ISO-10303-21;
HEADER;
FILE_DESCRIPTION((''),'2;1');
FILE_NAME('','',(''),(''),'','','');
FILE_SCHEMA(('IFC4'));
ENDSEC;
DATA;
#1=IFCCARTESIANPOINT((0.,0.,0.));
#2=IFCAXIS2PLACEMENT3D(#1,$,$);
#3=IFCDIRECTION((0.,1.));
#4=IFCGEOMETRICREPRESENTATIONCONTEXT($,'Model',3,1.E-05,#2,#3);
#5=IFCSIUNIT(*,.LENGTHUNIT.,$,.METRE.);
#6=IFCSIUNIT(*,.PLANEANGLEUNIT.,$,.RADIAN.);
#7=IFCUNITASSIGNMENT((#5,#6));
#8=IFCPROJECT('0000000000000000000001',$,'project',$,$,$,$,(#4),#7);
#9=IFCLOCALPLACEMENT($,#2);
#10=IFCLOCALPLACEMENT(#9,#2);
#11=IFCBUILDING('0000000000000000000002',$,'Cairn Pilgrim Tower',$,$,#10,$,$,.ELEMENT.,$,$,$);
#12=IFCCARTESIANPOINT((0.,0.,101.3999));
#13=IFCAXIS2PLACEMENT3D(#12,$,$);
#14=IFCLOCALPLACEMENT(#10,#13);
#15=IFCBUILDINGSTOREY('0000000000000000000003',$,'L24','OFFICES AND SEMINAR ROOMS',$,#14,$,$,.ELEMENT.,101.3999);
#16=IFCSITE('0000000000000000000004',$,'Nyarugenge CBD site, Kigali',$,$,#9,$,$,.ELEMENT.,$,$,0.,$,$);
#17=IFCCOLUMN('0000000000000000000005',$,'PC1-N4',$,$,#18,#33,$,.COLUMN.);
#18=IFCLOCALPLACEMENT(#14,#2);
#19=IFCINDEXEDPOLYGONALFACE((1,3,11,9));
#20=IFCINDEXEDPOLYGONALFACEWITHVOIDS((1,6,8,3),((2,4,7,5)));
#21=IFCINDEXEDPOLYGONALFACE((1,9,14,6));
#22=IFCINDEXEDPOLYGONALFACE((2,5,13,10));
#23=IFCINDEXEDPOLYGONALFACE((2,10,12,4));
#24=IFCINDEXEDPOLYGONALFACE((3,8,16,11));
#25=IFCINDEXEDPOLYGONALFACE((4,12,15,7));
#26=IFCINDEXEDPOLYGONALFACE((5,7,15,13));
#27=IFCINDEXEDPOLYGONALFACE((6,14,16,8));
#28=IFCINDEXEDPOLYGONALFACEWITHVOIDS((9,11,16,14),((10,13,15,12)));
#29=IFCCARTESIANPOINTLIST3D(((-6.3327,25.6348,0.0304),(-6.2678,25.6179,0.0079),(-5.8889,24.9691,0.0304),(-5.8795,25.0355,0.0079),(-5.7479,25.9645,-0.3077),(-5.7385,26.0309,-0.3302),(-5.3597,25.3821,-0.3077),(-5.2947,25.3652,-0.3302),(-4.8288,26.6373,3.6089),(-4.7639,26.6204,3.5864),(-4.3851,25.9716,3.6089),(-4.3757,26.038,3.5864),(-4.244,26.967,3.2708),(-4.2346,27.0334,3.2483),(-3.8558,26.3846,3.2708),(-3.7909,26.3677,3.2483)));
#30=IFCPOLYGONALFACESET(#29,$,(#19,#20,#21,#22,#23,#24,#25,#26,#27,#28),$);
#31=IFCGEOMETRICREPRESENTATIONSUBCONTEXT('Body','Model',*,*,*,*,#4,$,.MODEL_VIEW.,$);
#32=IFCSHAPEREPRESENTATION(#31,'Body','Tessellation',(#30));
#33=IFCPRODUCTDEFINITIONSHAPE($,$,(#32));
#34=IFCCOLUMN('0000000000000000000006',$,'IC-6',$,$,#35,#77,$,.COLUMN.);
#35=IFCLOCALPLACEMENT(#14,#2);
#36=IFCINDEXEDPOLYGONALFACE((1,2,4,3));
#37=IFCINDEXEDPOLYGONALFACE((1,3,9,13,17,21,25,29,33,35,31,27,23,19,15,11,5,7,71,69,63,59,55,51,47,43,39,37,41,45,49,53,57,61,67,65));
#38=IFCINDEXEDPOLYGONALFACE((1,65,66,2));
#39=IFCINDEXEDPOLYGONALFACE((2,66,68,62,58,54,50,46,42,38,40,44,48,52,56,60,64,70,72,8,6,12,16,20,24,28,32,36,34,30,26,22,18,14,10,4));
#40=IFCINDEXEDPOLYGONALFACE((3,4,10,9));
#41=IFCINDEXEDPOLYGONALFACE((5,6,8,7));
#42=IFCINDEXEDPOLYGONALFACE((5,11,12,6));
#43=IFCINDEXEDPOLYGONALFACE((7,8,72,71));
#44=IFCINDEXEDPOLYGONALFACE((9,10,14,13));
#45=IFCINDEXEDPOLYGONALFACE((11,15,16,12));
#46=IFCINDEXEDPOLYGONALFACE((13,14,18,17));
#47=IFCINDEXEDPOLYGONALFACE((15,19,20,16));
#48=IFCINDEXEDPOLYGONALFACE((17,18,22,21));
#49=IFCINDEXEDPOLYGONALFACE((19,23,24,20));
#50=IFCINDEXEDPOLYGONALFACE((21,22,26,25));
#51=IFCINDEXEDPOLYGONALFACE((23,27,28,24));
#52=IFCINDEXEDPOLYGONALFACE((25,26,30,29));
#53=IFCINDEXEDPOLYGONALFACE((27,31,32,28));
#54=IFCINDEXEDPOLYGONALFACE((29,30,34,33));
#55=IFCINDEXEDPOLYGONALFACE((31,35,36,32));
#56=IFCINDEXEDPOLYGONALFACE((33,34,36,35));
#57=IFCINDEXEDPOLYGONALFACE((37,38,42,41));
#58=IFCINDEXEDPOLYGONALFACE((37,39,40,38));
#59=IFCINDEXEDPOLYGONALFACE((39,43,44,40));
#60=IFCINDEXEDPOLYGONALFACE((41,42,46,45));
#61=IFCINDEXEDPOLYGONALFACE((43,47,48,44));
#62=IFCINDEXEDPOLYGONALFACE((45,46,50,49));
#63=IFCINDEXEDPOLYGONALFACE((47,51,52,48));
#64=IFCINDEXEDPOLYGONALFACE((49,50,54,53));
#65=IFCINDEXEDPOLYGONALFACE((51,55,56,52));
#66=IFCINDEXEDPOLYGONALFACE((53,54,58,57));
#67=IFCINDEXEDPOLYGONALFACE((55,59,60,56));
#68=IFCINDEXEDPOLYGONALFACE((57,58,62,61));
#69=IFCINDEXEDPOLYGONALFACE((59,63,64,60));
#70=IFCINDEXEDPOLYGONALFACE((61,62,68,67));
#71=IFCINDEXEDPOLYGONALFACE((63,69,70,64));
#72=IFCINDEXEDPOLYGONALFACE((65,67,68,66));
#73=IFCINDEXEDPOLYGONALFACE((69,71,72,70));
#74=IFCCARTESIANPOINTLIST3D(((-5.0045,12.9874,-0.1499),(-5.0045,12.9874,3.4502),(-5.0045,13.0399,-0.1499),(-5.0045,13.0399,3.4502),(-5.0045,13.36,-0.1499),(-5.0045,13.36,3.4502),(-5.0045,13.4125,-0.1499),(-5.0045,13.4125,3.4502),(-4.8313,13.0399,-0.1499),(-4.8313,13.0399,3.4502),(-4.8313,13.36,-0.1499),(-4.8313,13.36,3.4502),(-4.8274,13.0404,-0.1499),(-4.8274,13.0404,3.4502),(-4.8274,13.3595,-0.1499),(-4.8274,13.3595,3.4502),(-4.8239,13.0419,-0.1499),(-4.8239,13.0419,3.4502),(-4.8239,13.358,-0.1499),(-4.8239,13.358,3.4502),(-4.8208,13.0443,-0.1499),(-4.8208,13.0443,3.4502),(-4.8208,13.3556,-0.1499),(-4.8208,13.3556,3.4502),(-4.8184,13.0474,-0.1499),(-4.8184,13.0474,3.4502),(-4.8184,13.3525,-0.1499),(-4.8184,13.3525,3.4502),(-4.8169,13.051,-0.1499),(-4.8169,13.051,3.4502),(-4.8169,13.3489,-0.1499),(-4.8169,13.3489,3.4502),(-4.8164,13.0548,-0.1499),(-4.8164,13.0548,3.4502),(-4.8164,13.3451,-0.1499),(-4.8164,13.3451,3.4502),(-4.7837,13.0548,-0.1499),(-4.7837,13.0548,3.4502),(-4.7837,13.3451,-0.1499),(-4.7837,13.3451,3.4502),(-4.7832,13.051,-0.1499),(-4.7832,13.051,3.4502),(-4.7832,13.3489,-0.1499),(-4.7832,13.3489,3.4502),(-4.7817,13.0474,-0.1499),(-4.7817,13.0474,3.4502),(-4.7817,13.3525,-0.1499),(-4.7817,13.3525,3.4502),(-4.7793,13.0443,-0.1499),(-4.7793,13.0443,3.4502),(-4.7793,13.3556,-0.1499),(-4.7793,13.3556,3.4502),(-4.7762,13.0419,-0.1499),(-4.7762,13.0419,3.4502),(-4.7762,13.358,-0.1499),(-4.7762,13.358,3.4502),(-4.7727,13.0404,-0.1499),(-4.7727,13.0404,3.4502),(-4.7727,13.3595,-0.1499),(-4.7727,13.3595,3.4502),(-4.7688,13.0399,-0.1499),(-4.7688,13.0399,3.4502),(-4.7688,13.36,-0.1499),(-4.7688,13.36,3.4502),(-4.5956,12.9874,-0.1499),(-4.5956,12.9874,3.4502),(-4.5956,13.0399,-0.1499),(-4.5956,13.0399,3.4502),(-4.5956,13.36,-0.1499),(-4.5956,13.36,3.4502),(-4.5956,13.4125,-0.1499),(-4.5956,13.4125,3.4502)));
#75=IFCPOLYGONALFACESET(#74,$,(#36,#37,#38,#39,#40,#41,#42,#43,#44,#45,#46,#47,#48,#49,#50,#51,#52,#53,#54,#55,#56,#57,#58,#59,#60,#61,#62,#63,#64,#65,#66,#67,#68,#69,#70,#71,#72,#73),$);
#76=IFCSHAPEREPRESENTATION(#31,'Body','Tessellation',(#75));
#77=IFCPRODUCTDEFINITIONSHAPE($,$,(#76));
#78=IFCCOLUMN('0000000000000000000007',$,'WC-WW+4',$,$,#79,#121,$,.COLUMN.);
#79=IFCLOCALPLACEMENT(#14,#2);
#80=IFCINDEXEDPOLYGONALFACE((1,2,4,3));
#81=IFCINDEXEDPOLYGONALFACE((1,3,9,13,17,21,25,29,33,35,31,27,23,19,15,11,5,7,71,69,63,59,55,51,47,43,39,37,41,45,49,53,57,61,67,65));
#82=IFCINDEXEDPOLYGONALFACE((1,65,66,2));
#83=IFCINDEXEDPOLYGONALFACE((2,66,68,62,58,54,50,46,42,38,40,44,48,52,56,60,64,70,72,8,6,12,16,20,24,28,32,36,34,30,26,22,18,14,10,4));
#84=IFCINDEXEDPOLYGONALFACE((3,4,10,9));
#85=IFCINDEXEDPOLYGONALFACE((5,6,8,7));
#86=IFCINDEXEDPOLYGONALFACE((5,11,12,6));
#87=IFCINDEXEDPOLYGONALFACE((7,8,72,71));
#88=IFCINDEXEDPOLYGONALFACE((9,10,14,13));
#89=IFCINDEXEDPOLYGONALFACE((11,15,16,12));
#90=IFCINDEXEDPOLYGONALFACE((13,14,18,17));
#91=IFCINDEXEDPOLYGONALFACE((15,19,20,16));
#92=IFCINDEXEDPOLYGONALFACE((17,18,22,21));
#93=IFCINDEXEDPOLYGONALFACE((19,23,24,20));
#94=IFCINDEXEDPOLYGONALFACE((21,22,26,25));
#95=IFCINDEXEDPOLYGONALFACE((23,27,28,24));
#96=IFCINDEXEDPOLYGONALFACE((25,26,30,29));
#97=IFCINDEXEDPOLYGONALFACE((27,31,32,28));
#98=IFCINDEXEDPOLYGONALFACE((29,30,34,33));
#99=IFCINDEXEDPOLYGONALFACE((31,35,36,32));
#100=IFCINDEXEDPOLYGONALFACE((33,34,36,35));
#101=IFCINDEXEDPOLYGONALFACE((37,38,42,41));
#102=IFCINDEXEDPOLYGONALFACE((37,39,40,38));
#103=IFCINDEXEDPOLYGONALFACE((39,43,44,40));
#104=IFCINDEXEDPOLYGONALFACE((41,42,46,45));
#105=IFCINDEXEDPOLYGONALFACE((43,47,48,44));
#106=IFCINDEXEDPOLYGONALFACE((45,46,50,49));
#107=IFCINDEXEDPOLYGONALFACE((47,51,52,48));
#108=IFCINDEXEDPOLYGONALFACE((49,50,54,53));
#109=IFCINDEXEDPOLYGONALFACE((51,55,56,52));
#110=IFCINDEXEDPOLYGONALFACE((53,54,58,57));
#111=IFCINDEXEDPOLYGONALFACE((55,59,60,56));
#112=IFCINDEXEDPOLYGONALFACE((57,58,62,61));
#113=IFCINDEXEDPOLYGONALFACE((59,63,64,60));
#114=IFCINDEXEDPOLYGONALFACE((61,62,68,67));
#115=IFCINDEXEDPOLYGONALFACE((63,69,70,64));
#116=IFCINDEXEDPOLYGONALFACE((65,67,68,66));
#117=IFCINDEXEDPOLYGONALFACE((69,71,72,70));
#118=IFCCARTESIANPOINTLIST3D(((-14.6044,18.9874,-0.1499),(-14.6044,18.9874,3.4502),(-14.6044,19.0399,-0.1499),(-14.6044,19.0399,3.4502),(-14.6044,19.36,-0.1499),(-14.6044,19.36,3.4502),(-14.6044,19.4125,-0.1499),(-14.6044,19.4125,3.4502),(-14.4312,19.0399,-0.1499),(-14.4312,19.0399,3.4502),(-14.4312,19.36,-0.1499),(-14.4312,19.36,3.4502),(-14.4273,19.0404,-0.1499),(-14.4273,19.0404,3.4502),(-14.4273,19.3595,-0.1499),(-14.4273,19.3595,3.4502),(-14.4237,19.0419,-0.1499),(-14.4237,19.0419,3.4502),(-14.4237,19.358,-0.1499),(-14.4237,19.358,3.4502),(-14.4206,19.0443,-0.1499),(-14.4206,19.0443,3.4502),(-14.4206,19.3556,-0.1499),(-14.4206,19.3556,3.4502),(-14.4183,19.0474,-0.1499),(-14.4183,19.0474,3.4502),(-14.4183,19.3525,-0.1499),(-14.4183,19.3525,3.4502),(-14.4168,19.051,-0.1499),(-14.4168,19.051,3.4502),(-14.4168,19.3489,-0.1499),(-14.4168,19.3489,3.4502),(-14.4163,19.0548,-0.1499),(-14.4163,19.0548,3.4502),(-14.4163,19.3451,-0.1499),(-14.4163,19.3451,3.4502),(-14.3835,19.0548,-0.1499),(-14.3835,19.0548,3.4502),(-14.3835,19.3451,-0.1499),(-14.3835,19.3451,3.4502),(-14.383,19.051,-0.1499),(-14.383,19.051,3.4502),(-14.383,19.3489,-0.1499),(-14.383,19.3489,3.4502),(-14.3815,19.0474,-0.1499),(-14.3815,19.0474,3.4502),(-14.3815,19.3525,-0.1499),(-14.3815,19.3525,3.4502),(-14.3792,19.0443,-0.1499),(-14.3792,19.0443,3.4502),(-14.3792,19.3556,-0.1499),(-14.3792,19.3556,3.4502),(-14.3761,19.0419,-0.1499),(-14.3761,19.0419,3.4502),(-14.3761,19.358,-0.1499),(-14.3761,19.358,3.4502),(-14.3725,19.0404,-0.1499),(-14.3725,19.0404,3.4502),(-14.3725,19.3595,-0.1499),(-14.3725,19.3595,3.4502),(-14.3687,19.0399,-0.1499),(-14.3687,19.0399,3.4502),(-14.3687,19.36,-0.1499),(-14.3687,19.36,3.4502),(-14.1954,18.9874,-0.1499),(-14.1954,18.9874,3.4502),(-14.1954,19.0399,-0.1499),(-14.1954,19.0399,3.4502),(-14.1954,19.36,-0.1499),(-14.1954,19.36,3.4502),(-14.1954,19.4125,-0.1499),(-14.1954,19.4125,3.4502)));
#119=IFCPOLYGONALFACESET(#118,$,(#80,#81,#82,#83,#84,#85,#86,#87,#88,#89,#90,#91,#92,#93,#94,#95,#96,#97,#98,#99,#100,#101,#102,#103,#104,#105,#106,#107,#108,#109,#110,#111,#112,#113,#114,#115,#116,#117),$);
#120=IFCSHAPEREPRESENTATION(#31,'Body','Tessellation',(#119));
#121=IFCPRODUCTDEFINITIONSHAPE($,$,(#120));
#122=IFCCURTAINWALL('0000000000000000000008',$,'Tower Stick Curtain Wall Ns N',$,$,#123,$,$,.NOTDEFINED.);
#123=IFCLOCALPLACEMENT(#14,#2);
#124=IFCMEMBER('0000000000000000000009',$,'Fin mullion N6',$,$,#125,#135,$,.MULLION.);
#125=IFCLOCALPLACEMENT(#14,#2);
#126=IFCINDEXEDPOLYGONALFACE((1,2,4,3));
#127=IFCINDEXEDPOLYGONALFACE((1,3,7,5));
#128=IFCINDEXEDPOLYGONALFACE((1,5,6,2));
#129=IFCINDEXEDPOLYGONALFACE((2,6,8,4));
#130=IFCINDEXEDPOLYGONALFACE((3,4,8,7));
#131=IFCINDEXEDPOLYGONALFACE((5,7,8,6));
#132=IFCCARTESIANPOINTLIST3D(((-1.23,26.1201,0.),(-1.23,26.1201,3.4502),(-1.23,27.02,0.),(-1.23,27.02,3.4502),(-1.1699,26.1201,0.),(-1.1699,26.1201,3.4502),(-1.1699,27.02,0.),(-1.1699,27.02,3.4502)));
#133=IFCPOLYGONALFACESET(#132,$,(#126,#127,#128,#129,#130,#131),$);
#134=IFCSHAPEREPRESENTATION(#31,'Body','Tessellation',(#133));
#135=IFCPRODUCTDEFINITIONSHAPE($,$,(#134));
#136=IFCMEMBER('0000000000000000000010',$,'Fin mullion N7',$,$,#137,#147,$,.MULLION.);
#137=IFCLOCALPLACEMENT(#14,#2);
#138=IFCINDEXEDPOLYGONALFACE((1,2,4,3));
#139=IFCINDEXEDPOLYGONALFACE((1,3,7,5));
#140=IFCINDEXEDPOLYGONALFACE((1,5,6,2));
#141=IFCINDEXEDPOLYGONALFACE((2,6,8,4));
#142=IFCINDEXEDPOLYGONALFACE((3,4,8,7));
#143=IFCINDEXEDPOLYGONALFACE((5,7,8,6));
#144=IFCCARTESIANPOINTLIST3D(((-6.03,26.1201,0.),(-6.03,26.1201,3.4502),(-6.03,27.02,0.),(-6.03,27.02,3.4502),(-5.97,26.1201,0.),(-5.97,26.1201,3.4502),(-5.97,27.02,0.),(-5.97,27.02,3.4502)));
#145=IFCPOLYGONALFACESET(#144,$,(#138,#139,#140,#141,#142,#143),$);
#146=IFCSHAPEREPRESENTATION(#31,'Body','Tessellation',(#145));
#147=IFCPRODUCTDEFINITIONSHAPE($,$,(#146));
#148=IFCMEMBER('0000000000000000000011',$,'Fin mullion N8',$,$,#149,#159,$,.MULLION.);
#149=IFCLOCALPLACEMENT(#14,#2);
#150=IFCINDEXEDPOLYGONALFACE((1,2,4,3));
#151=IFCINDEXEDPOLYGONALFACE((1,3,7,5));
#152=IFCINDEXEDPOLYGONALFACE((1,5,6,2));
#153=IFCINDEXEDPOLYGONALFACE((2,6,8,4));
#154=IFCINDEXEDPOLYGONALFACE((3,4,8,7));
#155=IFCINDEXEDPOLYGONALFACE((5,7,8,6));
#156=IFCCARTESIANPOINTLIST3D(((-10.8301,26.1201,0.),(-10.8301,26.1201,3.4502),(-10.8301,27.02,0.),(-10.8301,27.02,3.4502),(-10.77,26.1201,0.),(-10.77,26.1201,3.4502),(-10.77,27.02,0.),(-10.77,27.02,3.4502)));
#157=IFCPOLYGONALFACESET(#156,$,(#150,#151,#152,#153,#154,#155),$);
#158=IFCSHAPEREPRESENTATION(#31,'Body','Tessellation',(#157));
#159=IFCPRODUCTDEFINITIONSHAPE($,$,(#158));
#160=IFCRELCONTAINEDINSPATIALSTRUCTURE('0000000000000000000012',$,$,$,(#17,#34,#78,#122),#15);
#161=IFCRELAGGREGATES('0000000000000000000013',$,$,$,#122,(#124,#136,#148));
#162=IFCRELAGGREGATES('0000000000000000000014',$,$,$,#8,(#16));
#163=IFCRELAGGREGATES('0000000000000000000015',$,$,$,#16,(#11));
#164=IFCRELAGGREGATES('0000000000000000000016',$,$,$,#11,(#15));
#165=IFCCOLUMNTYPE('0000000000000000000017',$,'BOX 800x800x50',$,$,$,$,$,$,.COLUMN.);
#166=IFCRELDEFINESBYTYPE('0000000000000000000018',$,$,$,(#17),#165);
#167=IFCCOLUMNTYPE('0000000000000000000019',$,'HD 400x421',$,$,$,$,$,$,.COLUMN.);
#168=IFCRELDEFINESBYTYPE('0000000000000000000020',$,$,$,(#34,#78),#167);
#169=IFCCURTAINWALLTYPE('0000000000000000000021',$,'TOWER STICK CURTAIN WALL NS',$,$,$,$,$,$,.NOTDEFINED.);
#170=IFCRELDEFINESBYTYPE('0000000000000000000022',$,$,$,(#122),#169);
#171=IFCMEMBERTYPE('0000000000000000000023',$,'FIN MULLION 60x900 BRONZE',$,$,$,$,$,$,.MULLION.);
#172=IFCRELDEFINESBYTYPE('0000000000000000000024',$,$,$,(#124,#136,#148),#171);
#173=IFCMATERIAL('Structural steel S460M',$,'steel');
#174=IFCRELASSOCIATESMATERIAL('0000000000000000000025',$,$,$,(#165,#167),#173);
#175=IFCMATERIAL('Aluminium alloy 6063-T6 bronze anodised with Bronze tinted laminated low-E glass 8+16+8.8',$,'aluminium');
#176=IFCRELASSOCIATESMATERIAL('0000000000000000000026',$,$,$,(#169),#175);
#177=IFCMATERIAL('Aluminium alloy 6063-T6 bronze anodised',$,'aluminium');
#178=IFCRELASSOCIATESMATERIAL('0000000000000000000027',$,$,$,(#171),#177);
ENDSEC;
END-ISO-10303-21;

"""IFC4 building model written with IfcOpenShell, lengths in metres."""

from ifc_helpers import new_model, si_unit, direction, frame, origin, origin_2d, place, context, subcontext, project, spatial, rectangle, hollow_rectangle, i_section, extrude, clip, halfspace, material, material_profile, profile_set, type_object, element, aggregate, save


model = new_model("IFC4")

# Units and contexts
model_context = context("Model", 3, precision=1e-05, world=origin(), true_north=direction((0.0, 1.0)))
body_context = subcontext(model_context, "Body", "Model", "MODEL_VIEW")
ifc_project = project(units=[si_unit("LENGTHUNIT", "METRE"), si_unit("PLANEANGLEUNIT", "RADIAN")], contexts=[model_context])

# Site, building, storey
site_placement = place(None, origin())
site = spatial("IfcSite", under=ifc_project, at=site_placement, Name="Nyarugenge CBD site, Kigali", CompositionType="ELEMENT", RefElevation=0.0)
building_placement = place(site_placement, origin())
building = spatial("IfcBuilding", under=site, at=building_placement, Name="Cairn Pilgrim Tower", CompositionType="ELEMENT")
storey_placement = place(building_placement, frame((0.0, 0.0, 101.3999)))
storey = spatial("IfcBuildingStorey", under=building, at=storey_placement, Name="L24", Description="OFFICES AND SEMINAR ROOMS", CompositionType="ELEMENT", Elevation=101.3999)

# Columns
ifc_material_1 = material(Name="Structural steel S460M", Category="steel")
ifc_material_profile_1 = material_profile(ifc_material_1, hollow_rectangle(XDim=0.8, YDim=0.8, WallThickness=0.05, at=origin_2d()), Name="BOX 800x800x50")
ifc_profile_set_1 = profile_set([ifc_material_profile_1], Name="Structural steel S460M")
column_type_1 = type_object("IfcColumnType", Name="BOX 800x800x50", PredefinedType="COLUMN", material=ifc_profile_set_1)
column_placement = place(storey_placement, frame((-5.8137, 25.5, -0.1499), z_axis=(0.37512, 0.25006, 0.892612), x_axis=(-0.554669, 0.832071, 0.0)))
element("IfcColumn", 1, at=column_placement, inside=storey, type_object=column_type_1, Name="PC1-N4", PredefinedType="COLUMN", context=body_context, shape_type="Clipping", body=[
    clip(extrude(hollow_rectangle(XDim=0.8, YDim=0.8, WallThickness=0.05, at=origin_2d()), origin(), (0.0, 0.0, 1.0), 4.0332), halfspace(frame((0.0, 0.0, 4.009), z_axis=(0.0, 0.0, 1.0), x_axis=(1.0, 0.0, 0.0)), False)),
])
ifc_material_profile_2 = material_profile(ifc_material_1, i_section(OverallWidth=0.4089, OverallDepth=0.425, WebThickness=0.0327, FlangeThickness=0.0525, FilletRadius=0.0149, at=origin_2d()), Name="HD 400x421")
ifc_profile_set_2 = profile_set([ifc_material_profile_2], Name="Structural steel S460M")
column_type_2 = type_object("IfcColumnType", Name="HD 400x421", PredefinedType="COLUMN", material=ifc_profile_set_2)
for number, where, z_axis, x_axis, name in (
    (2, (-4.8, 13.2, -0.1499), (0.0, 0.0, 1.0), (1.0, 0.0, 0.0), "IC-6"),
    (3, (-14.3999, 19.2, -0.1499), (0.0, 0.0, 1.0), (1.0, 0.0, 0.0), "WC-WW+4"),
):
    element("IfcColumn", number, at=place(storey_placement, frame(where, z_axis=z_axis, x_axis=x_axis)), inside=storey, type_object=column_type_2, Name=name, PredefinedType="COLUMN", context=body_context, shape_type="SweptSolid", body=[
        extrude(i_section(OverallWidth=0.4089, OverallDepth=0.425, WebThickness=0.0327, FlangeThickness=0.0525, FilletRadius=0.0149, at=origin_2d()), origin(), (0.0, 0.0, 1.0), 3.6001),
    ])

# Curtain wall, members
ifc_material_2 = material(Name="Aluminium alloy 6063-T6 bronze anodised with Bronze tinted laminated low-E glass 8+16+8.8", Category="aluminium")
curtain_wall_type = type_object("IfcCurtainWallType", Name="TOWER STICK CURTAIN WALL NS", PredefinedType="NOTDEFINED", material=ifc_material_2)
curtain_wall_placement = place(storey_placement, origin())
curtain_wall = element("IfcCurtainWall", 4, at=curtain_wall_placement, inside=storey, type_object=curtain_wall_type, Name="Tower Stick Curtain Wall Ns N", PredefinedType="NOTDEFINED")
ifc_material_3 = material(Name="Aluminium alloy 6063-T6 bronze anodised", Category="aluminium")
ifc_material_profile_3 = material_profile(ifc_material_3, rectangle(XDim=0.8999, YDim=0.0601, at=origin_2d()), Name="FIN MULLION 60x900 BRONZE")
ifc_profile_set_3 = profile_set([ifc_material_profile_3], Name="Aluminium alloy 6063-T6 bronze anodised")
member_type_1 = type_object("IfcMemberType", Name="FIN MULLION 60x900 BRONZE", PredefinedType="MULLION", material=ifc_profile_set_3)
member_1_placement = place(storey_placement, frame((-1.2, 26.5701, 0.0), z_axis=(0.0, 0.0, 1.0), x_axis=(0.0, 1.0, 0.0)))
member_1 = element("IfcMember", 5, at=member_1_placement, type_object=member_type_1, Name="Fin mullion N6", PredefinedType="MULLION", context=body_context, shape_type="SweptSolid", body=[
    extrude(rectangle(XDim=0.8999, YDim=0.0601, at=origin_2d()), origin(), (0.0, 0.0, 1.0), 3.4502),
])
member_2_placement = place(storey_placement, frame((-6.0, 26.5701, 0.0), z_axis=(0.0, 0.0, 1.0), x_axis=(0.0, 1.0, 0.0)))
member_2 = element("IfcMember", 6, at=member_2_placement, type_object=member_type_1, Name="Fin mullion N7", PredefinedType="MULLION", context=body_context, shape_type="SweptSolid", body=[
    extrude(rectangle(XDim=0.8999, YDim=0.0601, at=origin_2d()), origin(), (0.0, 0.0, 1.0), 3.4502),
])
member_3_placement = place(storey_placement, frame((-10.8, 26.5701, 0.0), z_axis=(0.0, 0.0, 1.0), x_axis=(0.0, 1.0, 0.0)))
member_3 = element("IfcMember", 7, at=member_3_placement, type_object=member_type_1, Name="Fin mullion N8", PredefinedType="MULLION", context=body_context, shape_type="SweptSolid", body=[
    extrude(rectangle(XDim=0.8999, YDim=0.0601, at=origin_2d()), origin(), (0.0, 0.0, 1.0), 3.4502),
])

aggregate(curtain_wall, [member_1, member_2, member_3])

save(model, "model.ifc")
